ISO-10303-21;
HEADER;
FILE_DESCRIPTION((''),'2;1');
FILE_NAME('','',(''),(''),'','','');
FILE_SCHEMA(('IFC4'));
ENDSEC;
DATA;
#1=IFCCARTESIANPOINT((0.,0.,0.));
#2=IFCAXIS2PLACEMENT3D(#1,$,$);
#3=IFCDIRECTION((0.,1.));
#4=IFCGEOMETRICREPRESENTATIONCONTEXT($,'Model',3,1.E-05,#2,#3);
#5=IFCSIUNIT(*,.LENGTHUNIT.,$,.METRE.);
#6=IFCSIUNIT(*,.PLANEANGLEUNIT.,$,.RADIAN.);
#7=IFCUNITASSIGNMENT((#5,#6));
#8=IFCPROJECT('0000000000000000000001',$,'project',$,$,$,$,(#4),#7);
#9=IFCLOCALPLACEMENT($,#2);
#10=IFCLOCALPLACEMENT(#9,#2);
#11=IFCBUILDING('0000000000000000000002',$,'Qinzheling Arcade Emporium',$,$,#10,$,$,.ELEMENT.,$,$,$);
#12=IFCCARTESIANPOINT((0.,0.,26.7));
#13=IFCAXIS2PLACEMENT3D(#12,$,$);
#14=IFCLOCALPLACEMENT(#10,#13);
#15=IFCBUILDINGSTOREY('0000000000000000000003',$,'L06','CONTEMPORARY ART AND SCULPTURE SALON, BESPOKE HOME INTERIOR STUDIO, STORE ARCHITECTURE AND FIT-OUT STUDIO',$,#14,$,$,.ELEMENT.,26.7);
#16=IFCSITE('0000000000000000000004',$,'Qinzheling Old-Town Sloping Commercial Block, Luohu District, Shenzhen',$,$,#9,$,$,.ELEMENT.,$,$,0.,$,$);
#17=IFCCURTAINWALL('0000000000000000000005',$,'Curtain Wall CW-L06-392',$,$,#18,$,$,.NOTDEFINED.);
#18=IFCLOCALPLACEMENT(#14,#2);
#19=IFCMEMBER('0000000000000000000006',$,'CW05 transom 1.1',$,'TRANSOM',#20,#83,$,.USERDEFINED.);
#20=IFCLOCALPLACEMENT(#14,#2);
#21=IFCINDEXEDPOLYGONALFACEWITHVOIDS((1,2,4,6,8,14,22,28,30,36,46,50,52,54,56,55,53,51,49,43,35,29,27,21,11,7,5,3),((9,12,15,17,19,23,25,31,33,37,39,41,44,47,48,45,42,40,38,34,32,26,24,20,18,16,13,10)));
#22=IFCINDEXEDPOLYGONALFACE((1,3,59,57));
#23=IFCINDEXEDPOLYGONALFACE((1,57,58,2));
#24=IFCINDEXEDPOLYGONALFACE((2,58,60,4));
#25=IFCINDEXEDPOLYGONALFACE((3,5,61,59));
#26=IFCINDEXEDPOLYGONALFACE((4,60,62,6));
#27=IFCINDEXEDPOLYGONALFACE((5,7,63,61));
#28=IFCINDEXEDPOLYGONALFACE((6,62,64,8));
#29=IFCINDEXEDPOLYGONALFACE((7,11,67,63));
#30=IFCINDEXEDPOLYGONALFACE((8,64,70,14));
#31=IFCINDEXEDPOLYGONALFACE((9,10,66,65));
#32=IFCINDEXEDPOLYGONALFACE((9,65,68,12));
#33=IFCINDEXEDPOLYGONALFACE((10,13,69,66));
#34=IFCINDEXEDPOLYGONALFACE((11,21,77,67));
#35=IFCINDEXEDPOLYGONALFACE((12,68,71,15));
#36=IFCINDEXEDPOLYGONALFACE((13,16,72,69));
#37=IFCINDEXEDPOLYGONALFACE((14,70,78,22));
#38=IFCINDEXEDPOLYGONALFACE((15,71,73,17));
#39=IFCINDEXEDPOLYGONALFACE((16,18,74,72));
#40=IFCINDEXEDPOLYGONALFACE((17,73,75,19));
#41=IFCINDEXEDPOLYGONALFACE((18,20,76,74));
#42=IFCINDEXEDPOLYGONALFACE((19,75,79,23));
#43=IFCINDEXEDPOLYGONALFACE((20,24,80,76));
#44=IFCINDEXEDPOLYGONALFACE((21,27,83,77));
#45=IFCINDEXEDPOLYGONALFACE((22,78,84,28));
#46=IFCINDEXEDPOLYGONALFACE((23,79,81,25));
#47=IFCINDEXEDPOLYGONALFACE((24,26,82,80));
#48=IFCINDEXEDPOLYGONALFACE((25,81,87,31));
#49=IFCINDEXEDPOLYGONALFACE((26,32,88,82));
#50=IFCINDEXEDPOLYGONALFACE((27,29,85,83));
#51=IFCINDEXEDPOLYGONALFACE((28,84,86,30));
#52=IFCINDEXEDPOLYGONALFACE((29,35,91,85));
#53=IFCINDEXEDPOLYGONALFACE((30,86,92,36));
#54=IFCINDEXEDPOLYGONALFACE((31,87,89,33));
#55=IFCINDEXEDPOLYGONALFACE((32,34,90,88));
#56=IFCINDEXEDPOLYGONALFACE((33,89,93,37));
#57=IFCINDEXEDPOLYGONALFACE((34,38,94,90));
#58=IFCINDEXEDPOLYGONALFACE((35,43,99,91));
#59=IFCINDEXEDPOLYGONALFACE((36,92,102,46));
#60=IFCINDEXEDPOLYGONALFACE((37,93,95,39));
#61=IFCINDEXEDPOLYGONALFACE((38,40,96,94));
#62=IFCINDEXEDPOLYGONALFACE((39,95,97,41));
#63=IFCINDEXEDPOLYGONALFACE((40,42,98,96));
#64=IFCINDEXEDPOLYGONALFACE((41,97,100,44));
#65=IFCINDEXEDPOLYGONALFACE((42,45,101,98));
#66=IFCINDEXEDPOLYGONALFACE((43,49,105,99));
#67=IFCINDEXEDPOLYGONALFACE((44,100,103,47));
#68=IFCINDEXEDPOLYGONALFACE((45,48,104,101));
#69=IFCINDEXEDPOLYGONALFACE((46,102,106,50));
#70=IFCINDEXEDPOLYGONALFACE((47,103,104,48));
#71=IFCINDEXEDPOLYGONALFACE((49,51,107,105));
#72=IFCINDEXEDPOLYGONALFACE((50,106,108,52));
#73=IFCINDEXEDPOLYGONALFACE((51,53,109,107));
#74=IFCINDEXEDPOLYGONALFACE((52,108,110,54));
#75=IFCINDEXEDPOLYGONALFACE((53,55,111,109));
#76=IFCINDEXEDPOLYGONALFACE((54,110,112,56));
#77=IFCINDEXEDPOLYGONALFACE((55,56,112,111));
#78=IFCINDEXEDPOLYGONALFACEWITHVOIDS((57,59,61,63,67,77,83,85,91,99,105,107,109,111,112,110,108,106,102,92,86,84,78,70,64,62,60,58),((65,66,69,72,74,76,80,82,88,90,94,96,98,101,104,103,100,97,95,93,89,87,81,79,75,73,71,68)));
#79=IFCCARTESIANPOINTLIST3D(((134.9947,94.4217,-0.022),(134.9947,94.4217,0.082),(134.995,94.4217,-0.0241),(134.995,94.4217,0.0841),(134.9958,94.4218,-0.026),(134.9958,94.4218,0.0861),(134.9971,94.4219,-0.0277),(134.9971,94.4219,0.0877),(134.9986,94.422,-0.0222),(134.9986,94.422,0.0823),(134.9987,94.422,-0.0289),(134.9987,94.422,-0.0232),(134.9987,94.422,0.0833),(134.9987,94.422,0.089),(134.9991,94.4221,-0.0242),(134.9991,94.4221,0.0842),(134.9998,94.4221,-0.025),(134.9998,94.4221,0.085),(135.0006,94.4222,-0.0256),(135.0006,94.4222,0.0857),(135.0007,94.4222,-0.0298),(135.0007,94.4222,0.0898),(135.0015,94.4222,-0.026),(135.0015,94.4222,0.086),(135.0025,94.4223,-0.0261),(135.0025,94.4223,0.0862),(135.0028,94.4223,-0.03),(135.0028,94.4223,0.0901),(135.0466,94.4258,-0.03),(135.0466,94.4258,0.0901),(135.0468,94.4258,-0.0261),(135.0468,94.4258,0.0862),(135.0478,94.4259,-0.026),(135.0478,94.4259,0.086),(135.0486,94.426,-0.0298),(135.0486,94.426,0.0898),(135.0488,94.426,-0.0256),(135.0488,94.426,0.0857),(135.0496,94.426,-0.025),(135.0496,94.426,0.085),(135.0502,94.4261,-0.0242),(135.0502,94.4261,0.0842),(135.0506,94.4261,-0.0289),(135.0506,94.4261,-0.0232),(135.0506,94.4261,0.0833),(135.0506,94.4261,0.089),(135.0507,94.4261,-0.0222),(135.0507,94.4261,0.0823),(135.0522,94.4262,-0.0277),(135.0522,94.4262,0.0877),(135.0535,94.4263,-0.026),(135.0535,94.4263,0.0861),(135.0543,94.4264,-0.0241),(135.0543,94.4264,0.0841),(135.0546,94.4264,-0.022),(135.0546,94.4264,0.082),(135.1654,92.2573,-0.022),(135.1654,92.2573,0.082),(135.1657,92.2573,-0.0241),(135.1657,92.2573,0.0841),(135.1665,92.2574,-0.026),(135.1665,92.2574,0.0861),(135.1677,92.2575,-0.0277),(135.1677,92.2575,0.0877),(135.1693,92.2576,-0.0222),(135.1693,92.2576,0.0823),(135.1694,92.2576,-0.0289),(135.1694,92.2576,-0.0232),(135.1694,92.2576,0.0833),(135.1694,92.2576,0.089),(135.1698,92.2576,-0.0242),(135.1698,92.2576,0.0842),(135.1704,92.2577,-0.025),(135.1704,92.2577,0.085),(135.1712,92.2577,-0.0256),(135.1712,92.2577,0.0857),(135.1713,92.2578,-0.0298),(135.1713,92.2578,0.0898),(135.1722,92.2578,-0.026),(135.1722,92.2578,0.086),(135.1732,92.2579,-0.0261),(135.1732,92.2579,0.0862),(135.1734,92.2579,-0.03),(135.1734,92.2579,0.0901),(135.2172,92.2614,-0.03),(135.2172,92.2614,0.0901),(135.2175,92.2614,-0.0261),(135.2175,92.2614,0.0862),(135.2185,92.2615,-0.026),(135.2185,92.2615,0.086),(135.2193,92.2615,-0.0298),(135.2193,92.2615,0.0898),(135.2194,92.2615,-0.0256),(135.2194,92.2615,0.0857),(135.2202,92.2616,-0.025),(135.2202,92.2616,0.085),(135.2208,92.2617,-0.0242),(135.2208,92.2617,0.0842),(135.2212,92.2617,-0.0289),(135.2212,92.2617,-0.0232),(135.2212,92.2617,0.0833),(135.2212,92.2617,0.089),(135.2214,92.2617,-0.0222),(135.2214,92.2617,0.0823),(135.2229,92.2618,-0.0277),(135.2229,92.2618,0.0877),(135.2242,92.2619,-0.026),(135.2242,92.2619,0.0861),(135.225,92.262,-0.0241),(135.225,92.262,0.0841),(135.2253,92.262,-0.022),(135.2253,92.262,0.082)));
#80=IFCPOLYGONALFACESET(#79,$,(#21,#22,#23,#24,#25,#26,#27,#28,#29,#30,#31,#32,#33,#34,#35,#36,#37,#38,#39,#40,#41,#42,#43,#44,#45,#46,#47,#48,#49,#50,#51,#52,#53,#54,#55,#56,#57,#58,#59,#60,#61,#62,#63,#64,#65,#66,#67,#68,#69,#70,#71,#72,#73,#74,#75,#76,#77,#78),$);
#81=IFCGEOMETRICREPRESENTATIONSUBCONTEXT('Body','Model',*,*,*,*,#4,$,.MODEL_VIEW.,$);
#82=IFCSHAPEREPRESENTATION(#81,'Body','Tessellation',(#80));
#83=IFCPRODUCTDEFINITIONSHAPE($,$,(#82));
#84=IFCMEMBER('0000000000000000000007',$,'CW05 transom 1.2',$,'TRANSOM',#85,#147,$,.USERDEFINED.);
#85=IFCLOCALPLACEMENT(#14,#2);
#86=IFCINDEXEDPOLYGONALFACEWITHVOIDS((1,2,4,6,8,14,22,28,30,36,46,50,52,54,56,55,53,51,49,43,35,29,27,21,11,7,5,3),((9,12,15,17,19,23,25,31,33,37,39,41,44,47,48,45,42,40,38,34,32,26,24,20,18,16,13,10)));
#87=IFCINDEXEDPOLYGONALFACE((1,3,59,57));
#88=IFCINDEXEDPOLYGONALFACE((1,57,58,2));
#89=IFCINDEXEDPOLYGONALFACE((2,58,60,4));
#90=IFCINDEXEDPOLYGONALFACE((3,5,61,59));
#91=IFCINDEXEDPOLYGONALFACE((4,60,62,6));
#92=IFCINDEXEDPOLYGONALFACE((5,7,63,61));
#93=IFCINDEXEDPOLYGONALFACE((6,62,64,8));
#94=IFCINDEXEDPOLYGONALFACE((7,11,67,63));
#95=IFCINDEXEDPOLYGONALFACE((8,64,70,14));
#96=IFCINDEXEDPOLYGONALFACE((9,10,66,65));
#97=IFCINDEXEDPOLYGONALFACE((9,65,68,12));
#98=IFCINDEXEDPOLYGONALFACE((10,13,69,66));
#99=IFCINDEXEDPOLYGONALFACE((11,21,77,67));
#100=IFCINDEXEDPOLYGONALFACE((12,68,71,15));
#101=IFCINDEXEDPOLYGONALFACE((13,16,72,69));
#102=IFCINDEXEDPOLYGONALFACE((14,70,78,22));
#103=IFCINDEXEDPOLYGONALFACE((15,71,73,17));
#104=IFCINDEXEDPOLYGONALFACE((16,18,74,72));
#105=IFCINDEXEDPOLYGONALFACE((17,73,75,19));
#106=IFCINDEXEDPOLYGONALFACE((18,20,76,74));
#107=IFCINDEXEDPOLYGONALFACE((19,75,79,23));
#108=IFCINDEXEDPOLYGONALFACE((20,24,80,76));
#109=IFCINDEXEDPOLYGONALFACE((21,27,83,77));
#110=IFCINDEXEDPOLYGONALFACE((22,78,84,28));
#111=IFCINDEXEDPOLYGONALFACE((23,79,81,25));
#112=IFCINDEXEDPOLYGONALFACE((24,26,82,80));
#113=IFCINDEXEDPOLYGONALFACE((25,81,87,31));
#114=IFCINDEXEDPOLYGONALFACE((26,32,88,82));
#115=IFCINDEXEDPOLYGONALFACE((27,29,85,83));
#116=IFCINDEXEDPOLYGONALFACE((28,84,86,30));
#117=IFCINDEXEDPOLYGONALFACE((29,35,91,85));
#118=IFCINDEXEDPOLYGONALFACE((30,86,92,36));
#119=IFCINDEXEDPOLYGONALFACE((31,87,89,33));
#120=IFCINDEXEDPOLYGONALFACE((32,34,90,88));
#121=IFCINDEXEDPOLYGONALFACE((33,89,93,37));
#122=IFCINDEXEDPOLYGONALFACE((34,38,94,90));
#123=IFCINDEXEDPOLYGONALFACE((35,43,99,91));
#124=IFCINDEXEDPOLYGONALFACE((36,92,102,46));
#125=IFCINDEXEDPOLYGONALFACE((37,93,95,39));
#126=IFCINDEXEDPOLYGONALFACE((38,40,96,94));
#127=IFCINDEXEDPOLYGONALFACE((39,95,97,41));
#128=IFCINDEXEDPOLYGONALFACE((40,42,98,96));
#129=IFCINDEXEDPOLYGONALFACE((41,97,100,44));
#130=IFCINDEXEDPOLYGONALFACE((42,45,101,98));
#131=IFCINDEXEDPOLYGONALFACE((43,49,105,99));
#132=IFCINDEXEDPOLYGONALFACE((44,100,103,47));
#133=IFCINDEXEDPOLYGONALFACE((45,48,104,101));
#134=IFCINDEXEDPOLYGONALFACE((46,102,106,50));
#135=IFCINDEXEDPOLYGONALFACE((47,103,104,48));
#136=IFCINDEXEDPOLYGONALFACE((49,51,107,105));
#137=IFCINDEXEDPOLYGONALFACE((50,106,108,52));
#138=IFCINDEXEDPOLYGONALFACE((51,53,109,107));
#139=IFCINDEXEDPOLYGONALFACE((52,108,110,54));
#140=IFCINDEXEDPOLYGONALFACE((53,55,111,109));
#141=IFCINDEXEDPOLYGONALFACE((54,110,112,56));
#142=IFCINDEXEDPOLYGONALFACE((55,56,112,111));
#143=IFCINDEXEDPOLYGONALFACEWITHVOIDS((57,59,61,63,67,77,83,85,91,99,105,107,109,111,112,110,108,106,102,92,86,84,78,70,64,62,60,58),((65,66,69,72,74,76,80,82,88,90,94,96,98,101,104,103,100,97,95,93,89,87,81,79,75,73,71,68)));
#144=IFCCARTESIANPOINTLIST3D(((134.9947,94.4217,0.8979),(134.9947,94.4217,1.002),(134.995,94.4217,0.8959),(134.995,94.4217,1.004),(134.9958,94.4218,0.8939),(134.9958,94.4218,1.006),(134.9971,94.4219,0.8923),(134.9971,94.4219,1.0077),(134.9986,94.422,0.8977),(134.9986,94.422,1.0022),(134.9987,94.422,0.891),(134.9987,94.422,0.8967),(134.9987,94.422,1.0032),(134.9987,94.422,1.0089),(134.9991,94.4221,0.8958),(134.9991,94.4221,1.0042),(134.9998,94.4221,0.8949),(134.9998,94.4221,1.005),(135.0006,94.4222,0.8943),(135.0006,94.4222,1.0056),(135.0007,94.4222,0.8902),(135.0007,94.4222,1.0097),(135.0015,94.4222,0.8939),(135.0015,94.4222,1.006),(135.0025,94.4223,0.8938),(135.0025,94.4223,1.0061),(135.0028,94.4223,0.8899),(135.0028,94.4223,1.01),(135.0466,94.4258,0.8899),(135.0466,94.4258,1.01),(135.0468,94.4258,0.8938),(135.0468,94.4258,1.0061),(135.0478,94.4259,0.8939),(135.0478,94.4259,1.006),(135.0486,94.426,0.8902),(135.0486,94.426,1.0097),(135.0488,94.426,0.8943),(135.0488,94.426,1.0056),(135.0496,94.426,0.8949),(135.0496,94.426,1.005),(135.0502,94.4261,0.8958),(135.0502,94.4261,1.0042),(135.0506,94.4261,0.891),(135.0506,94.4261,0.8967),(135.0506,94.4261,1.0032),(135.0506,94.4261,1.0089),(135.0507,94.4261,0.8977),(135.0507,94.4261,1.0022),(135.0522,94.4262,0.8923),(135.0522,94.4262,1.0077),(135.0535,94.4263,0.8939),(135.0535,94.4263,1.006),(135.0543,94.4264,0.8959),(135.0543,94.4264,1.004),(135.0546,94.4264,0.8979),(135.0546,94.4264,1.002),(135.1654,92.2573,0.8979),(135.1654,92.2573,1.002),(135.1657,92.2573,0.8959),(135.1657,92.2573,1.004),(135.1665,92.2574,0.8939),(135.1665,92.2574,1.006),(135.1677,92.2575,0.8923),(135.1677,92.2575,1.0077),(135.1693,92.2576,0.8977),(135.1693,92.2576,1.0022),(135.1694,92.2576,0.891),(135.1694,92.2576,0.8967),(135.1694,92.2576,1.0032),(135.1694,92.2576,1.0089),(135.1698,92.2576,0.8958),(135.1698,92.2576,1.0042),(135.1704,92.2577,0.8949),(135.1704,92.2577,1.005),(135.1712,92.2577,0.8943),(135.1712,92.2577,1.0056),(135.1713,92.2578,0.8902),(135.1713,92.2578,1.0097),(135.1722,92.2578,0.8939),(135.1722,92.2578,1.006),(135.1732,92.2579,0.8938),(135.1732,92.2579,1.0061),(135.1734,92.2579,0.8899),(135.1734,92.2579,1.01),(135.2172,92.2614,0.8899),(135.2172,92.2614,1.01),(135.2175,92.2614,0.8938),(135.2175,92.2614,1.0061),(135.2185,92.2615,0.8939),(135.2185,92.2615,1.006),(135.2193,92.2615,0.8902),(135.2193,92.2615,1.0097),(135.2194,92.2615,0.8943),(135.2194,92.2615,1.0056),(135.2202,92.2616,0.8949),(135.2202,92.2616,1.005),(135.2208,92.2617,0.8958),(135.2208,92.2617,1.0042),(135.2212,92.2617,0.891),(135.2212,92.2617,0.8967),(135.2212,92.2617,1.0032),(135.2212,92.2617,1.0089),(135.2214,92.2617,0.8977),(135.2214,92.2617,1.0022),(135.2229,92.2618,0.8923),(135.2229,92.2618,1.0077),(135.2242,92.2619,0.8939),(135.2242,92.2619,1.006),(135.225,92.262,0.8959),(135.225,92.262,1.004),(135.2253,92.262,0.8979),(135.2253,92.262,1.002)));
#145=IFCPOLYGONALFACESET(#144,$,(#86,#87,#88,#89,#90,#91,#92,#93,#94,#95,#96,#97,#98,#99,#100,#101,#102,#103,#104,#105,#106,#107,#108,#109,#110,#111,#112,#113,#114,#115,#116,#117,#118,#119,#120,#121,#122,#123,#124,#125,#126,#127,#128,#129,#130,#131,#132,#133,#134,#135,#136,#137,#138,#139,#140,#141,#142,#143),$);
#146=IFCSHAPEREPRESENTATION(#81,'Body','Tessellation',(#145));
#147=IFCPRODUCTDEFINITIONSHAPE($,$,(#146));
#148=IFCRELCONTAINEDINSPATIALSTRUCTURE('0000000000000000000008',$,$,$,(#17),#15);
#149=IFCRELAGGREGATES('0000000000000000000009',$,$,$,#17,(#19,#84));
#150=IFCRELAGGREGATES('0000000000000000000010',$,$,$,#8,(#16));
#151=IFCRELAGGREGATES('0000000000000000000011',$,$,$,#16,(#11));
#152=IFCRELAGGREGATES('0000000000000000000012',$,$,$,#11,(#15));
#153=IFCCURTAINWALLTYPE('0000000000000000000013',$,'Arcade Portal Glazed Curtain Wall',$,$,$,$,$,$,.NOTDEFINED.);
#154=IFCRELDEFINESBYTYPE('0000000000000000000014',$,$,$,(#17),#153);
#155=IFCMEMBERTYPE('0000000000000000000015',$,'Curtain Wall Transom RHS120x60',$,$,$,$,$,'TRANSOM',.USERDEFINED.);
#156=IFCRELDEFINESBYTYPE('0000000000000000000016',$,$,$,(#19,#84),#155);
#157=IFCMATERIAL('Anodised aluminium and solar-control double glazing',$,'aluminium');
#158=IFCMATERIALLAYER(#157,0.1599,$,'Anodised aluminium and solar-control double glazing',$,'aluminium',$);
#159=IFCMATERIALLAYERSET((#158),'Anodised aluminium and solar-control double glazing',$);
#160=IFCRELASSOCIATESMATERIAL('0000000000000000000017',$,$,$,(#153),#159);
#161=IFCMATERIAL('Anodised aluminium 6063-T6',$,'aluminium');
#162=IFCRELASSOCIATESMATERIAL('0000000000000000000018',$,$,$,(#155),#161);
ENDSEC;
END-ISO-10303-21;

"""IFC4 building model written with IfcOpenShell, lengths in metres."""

from ifc_helpers import new_model, si_unit, direction, frame, origin, origin_2d, place, context, subcontext, project, spatial, hollow_rectangle, extrude, material, layer, layer_set, material_profile, profile_set, type_object, element, aggregate, save


model = new_model("IFC4")

# Units and contexts
model_context = context("Model", 3, precision=1e-05, world=origin(), true_north=direction((0.0, 1.0)))
body_context = subcontext(model_context, "Body", "Model", "MODEL_VIEW")
ifc_project = project(units=[si_unit("LENGTHUNIT", "METRE"), si_unit("PLANEANGLEUNIT", "RADIAN")], contexts=[model_context])

# Site, building, storey
site_placement = place(None, origin())
site = spatial("IfcSite", under=ifc_project, at=site_placement, Name="Qinzheling Old-Town Sloping Commercial Block, Luohu District, Shenzhen", CompositionType="ELEMENT", RefElevation=0.0)
building_placement = place(site_placement, origin())
building = spatial("IfcBuilding", under=site, at=building_placement, Name="Qinzheling Arcade Emporium", CompositionType="ELEMENT")
storey_placement = place(building_placement, frame((0.0, 0.0, 26.7)))
storey = spatial("IfcBuildingStorey", under=building, at=storey_placement, Name="L06", Description="CONTEMPORARY ART AND SCULPTURE SALON, BESPOKE HOME INTERIOR STUDIO, STORE ARCHITECTURE AND FIT-OUT STUDIO", CompositionType="ELEMENT", Elevation=26.7)

# Shared definitions
ifc_material_1 = material(Name="Anodised aluminium and solar-control double glazing", Category="aluminium")
ifc_material_2 = material(Name="Anodised aluminium 6063-T6", Category="aluminium")

# Curtain wall
ifc_layer_1 = layer(ifc_material_1, 0.1599, Name="Anodised aluminium and solar-control double glazing", Category="aluminium")
ifc_layer_set_1 = layer_set([ifc_layer_1], Name="Anodised aluminium and solar-control double glazing")
curtain_wall_type_1 = type_object("IfcCurtainWallType", Name="Arcade Portal Glazed Curtain Wall", PredefinedType="NOTDEFINED", material=ifc_layer_set_1)
curtain_wall_1_placement = place(storey_placement, origin())
curtain_wall_1 = element("IfcCurtainWall", 1, at=curtain_wall_1_placement, inside=storey, type_object=curtain_wall_type_1, Name="Curtain Wall CW-L06-392", PredefinedType="NOTDEFINED")

# Members
ifc_material_profile_1 = material_profile(ifc_material_2, hollow_rectangle(XDim=0.0601, YDim=0.1201, WallThickness=0.0039, InnerFilletRadius=0.0039, OuterFilletRadius=0.0081, at=origin_2d()), Name="RHS 120x60x4", Category="aluminium")
ifc_profile_set_1 = profile_set([ifc_material_profile_1], Name="Anodised aluminium 6063-T6")
member_type_1 = type_object("IfcMemberType", Name="Curtain Wall Transom RHS120x60", ElementType="TRANSOM", PredefinedType="USERDEFINED", material=ifc_profile_set_1)
member_1_placement = place(storey_placement, frame((135.0247, 94.4241, 0.03), z_axis=(0.078605, -0.996906, 0.0), x_axis=(0.996906, 0.078605, 0.0)))
member_1 = element("IfcMember", 2, at=member_1_placement, type_object=member_type_1, Name="CW05 transom 1.1", ObjectType="TRANSOM", PredefinedType="USERDEFINED", context=body_context, shape_type="SweptSolid", body=[
    extrude(hollow_rectangle(XDim=0.0601, YDim=0.1201, WallThickness=0.0039, InnerFilletRadius=0.0039, OuterFilletRadius=0.0081, at=origin_2d()), origin(), (0.0, 0.0, 1.0), 2.1711),
])
member_2_placement = place(storey_placement, frame((135.0247, 94.4241, 0.95), z_axis=(0.078605, -0.996906, 0.0), x_axis=(0.996906, 0.078605, 0.0)))
member_2 = element("IfcMember", 3, at=member_2_placement, type_object=member_type_1, Name="CW05 transom 1.2", ObjectType="TRANSOM", PredefinedType="USERDEFINED", context=body_context, shape_type="SweptSolid", body=[
    extrude(hollow_rectangle(XDim=0.0601, YDim=0.1201, WallThickness=0.0039, InnerFilletRadius=0.0039, OuterFilletRadius=0.0081, at=origin_2d()), origin(), (0.0, 0.0, 1.0), 2.1711),
])

aggregate(curtain_wall_1, [member_1, member_2])

save(model, "model.ifc")
